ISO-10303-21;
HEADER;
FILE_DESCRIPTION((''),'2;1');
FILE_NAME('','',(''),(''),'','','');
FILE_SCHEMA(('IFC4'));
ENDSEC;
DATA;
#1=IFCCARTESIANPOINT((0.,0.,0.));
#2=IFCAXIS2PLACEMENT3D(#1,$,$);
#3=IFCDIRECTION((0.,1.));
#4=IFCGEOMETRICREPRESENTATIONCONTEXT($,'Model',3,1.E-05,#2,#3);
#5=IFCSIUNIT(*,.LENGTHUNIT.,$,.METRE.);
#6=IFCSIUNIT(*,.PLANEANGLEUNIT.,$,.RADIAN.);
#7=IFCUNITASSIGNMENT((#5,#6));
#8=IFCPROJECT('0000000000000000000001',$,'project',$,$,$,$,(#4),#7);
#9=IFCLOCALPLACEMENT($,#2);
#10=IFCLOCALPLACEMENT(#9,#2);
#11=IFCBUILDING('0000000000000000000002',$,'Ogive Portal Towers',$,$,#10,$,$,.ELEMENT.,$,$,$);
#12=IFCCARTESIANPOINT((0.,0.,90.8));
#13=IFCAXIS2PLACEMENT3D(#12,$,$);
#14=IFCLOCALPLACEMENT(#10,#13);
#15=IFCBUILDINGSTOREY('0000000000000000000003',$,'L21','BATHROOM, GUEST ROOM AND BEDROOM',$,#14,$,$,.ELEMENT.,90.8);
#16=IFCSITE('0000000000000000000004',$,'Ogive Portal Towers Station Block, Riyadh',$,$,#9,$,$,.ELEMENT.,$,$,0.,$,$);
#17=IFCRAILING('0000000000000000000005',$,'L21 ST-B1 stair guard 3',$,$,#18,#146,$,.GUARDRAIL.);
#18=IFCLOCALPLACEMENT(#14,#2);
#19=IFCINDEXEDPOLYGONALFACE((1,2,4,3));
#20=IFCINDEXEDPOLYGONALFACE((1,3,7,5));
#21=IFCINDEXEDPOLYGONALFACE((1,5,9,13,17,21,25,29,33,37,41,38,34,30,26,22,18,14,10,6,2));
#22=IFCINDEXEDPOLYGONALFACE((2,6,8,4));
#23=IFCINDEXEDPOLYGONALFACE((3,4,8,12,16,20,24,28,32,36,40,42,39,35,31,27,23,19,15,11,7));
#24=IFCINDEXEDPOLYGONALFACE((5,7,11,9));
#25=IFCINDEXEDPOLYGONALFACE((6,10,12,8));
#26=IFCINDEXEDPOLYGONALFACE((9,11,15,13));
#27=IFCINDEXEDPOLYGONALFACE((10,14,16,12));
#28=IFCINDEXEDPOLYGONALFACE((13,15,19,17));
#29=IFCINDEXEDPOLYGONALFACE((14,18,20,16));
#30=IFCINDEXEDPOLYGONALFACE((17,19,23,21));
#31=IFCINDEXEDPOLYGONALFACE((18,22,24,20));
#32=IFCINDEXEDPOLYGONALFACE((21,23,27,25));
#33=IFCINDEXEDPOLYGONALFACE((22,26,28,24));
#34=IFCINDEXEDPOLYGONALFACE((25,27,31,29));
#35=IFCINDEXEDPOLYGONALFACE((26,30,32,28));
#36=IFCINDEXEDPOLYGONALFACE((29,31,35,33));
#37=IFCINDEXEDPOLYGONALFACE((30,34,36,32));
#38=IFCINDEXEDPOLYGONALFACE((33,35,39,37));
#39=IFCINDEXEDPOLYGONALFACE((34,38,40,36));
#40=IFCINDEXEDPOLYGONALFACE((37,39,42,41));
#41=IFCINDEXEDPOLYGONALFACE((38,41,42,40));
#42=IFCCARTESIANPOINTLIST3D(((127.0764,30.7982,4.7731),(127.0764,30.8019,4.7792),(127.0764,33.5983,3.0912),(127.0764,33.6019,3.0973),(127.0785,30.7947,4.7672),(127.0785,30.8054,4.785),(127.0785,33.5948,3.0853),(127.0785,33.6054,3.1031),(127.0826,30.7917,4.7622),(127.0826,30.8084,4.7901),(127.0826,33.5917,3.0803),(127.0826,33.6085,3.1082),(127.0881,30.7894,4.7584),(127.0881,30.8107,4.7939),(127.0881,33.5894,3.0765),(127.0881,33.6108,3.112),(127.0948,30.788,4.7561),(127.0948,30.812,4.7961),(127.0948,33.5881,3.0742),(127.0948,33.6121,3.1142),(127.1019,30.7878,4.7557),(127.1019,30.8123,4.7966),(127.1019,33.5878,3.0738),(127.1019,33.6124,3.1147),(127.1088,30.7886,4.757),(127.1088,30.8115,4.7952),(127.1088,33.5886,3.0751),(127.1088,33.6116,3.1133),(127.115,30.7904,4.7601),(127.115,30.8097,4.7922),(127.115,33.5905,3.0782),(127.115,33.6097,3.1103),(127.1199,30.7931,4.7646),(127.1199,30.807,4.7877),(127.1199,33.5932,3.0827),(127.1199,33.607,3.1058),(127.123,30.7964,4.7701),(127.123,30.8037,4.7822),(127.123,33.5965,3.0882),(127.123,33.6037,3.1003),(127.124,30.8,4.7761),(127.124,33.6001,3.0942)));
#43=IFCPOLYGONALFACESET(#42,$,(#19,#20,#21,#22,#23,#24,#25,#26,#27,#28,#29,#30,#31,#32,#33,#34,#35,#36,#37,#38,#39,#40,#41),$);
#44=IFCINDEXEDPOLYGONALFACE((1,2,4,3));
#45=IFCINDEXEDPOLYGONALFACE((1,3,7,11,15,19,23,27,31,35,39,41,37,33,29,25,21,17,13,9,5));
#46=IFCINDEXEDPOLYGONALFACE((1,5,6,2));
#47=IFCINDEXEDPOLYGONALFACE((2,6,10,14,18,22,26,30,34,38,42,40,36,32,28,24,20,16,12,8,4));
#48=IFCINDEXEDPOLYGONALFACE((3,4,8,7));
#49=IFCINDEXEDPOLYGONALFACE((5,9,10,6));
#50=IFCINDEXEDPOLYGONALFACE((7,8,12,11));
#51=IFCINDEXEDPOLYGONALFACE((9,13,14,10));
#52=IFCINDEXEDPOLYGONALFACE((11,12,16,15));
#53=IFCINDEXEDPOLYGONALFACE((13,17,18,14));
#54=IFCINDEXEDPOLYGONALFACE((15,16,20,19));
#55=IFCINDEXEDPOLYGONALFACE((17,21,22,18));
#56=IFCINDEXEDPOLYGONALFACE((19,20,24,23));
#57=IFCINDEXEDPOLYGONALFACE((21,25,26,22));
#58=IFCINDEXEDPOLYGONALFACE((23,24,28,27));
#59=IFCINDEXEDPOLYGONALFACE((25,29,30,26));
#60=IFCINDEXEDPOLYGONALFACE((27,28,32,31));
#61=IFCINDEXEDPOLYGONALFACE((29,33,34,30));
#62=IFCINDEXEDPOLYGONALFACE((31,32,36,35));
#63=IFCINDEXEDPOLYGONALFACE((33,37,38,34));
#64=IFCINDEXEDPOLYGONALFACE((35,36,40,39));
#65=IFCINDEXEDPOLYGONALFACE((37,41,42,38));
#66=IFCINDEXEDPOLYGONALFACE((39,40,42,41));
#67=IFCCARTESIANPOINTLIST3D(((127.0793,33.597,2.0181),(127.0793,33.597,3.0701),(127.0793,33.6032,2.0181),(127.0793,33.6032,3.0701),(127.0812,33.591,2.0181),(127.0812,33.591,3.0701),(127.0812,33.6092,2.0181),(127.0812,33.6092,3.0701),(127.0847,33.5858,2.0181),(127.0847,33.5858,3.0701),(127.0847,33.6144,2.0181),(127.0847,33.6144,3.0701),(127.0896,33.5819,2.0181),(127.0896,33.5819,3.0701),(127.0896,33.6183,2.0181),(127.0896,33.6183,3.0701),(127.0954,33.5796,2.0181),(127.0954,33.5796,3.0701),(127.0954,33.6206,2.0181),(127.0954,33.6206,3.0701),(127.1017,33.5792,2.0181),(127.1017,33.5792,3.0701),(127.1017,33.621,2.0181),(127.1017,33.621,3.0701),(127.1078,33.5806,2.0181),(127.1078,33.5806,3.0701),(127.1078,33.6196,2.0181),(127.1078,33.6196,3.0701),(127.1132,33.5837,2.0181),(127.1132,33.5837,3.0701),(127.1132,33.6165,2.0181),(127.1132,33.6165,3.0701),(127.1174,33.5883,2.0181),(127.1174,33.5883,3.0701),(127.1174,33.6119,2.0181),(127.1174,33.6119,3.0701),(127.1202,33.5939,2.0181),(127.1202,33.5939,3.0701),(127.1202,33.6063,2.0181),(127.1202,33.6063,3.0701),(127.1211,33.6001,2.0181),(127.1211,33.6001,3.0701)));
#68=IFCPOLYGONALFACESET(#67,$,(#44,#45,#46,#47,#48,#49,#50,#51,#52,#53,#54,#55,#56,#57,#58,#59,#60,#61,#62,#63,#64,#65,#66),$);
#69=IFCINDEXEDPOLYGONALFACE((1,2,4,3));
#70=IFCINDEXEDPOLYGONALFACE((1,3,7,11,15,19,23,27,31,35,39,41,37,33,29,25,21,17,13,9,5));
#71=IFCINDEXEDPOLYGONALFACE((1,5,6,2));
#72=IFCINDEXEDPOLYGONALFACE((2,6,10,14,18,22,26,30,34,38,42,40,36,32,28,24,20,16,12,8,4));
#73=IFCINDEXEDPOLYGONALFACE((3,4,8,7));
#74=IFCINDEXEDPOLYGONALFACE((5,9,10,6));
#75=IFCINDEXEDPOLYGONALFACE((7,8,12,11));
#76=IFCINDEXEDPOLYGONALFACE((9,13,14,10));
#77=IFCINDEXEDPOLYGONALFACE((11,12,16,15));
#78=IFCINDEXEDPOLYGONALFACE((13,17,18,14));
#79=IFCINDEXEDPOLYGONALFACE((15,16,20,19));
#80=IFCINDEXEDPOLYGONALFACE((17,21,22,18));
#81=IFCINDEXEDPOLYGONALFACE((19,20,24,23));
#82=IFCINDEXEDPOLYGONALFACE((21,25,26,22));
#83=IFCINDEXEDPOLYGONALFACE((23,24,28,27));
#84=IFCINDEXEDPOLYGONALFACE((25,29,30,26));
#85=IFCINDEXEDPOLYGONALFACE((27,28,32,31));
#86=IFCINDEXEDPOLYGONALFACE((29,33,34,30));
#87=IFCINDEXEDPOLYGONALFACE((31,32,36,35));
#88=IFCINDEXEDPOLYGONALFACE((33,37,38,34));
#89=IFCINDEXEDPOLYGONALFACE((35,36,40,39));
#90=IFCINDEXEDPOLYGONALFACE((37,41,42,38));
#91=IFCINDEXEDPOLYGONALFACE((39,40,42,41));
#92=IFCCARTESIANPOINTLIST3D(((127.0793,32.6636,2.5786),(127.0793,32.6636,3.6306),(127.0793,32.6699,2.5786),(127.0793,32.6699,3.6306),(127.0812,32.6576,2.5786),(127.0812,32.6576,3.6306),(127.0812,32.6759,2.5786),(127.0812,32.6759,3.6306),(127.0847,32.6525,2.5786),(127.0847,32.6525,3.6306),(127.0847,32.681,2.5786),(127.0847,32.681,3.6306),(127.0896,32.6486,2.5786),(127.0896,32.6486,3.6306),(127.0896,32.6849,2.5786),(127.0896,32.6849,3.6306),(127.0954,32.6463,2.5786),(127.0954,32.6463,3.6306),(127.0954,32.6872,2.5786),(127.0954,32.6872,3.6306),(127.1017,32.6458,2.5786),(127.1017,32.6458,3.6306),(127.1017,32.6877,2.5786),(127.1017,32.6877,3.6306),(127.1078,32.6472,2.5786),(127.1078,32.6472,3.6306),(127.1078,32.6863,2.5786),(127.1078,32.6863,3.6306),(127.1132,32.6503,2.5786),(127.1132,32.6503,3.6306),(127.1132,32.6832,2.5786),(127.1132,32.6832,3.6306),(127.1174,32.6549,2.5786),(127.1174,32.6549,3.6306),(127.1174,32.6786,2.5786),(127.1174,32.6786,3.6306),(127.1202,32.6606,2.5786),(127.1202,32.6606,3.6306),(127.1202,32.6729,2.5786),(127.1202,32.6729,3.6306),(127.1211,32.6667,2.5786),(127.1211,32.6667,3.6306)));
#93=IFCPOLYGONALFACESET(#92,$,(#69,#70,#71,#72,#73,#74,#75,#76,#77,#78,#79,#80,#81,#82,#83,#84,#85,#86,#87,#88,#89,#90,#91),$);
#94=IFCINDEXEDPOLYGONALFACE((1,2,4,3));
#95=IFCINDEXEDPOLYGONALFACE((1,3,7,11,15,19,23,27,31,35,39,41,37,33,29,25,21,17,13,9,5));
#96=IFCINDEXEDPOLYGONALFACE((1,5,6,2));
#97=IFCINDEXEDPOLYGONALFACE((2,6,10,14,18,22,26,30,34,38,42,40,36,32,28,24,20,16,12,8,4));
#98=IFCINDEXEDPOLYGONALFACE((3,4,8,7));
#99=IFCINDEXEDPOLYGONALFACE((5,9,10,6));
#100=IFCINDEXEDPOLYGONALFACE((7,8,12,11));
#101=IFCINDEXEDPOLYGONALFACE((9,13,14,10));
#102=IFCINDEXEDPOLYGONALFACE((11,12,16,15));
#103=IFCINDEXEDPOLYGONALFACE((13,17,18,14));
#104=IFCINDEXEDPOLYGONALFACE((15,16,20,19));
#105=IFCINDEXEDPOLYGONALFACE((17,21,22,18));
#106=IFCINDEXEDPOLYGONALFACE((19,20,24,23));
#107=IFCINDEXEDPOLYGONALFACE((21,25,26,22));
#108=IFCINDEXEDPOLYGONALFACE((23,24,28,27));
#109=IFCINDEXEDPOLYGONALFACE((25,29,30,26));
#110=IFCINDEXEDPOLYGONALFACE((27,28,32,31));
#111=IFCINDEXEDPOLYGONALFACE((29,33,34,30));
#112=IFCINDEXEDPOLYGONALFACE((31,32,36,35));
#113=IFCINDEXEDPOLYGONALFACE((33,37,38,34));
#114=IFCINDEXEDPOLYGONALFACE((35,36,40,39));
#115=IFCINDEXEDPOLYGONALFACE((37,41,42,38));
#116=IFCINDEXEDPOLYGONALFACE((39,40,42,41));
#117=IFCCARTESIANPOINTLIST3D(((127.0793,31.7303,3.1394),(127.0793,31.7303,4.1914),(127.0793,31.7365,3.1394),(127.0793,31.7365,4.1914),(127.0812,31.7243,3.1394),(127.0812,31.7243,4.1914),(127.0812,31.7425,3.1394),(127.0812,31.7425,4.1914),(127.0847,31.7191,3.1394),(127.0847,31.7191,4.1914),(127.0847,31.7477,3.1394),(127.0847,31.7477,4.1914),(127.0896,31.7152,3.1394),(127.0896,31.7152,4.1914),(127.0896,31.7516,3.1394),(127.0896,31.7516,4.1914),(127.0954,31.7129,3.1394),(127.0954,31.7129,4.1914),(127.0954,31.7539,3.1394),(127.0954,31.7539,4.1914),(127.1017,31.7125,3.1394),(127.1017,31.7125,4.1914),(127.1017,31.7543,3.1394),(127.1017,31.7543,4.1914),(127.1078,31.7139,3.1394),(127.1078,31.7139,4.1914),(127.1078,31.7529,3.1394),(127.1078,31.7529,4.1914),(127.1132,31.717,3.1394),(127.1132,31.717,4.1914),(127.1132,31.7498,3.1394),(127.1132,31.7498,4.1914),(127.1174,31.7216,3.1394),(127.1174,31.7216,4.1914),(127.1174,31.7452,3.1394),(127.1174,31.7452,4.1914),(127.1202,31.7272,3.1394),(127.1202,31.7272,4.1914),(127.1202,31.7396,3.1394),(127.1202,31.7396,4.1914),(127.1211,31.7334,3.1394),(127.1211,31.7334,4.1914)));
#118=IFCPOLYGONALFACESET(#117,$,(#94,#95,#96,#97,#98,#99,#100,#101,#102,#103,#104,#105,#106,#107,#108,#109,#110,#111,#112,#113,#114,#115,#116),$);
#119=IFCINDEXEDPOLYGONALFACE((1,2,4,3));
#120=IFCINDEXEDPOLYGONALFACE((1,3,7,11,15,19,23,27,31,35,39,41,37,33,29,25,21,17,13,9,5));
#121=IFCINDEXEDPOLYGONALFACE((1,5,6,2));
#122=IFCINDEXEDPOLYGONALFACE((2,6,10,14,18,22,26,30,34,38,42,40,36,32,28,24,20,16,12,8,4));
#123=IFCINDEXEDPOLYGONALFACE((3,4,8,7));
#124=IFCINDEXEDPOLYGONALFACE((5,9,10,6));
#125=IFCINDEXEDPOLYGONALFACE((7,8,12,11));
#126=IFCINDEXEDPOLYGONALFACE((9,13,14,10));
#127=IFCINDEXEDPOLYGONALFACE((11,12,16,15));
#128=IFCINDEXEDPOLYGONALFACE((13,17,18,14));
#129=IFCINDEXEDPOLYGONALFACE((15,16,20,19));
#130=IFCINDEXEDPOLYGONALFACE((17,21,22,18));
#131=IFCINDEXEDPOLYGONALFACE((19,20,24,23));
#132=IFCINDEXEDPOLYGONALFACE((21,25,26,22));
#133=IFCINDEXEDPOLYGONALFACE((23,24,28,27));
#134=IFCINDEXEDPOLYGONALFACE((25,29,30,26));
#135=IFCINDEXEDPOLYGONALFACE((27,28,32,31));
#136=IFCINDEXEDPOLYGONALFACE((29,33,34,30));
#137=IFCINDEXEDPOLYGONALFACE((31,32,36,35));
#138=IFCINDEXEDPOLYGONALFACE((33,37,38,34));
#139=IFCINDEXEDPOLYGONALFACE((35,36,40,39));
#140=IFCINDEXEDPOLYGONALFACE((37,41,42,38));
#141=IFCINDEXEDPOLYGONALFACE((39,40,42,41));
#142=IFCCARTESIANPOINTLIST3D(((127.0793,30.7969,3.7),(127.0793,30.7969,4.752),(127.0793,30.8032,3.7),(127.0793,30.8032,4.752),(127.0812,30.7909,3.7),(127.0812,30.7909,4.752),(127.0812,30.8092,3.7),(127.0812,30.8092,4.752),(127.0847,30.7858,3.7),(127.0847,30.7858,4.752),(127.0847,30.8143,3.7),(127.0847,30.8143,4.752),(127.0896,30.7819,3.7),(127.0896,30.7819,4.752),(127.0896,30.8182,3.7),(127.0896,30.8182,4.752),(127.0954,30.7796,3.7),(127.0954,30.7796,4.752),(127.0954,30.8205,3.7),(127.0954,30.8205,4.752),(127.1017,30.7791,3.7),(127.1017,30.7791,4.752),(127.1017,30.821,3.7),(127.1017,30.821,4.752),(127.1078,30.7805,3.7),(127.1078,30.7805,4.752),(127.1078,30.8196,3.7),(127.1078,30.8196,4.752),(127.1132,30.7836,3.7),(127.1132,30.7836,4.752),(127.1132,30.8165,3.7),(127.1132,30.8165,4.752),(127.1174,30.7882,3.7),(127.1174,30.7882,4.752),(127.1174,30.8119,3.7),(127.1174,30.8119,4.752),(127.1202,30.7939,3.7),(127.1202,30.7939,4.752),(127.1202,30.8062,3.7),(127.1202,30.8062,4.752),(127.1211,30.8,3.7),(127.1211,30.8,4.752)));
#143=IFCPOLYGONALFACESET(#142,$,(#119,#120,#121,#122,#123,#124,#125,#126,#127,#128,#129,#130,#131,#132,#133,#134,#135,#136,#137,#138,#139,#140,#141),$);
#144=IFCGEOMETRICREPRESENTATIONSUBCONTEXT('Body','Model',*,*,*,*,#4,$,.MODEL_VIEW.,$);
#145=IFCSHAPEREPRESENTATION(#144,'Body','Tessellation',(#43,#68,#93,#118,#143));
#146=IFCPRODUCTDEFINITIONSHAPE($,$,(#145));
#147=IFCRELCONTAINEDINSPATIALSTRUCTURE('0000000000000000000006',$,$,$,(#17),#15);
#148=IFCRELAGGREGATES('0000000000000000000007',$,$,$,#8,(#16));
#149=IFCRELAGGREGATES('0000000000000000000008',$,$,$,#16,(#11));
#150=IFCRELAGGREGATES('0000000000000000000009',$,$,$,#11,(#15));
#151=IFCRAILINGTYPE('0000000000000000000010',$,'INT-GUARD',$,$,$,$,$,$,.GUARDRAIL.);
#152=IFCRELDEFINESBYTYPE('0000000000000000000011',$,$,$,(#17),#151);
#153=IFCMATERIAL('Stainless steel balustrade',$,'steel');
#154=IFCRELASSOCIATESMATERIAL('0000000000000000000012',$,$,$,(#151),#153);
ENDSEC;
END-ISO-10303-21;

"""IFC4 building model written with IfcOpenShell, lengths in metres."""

from ifc_helpers import new_model, si_unit, direction, frame, origin, origin_2d, place, context, subcontext, project, spatial, circle, extrude, material, type_object, element, save


model = new_model("IFC4")

# Units and contexts
model_context = context("Model", 3, precision=1e-05, world=origin(), true_north=direction((0.0, 1.0)))
body_context = subcontext(model_context, "Body", "Model", "MODEL_VIEW")
ifc_project = project(units=[si_unit("LENGTHUNIT", "METRE"), si_unit("PLANEANGLEUNIT", "RADIAN")], contexts=[model_context])

# Site, building, storey
site_placement = place(None, origin())
site = spatial("IfcSite", under=ifc_project, at=site_placement, Name="Ogive Portal Towers Station Block, Riyadh", CompositionType="ELEMENT", RefElevation=0.0)
building_placement = place(site_placement, origin())
building = spatial("IfcBuilding", under=site, at=building_placement, Name="Ogive Portal Towers", CompositionType="ELEMENT")
storey_placement = place(building_placement, frame((0.0, 0.0, 90.8)))
storey = spatial("IfcBuildingStorey", under=building, at=storey_placement, Name="L21", Description="BATHROOM, GUEST ROOM AND BEDROOM", CompositionType="ELEMENT", Elevation=90.8)

# Railing
ifc_material_1 = material(Name="Stainless steel balustrade", Category="steel")
railing_type_1 = type_object("IfcRailingType", Name="INT-GUARD", PredefinedType="GUARDRAIL", material=ifc_material_1)
railing_1_placement = place(storey_placement, frame((127.1001, 33.6001, 2.0181)))
element("IfcRailing", 1, at=railing_1_placement, inside=storey, type_object=railing_type_1, Name="L21 ST-B1 stair guard 3", PredefinedType="GUARDRAIL", context=body_context, shape_type="SweptSolid", body=[
    extrude(circle(Radius=0.0239, at=origin_2d()), frame((0.0, 0.0, 1.0762), z_axis=(0.0, -0.857242, 0.514913), x_axis=(1.0, 0.0, 0.0)), (0.0, 0.0, 1.0), 3.2664),
    extrude(circle(Radius=0.021, at=origin_2d()), origin(), (0.0, 0.0, 1.0), 1.052),
    extrude(circle(Radius=0.021, at=origin_2d()), frame((0.0, -0.9333, 0.5605)), (0.0, 0.0, 1.0), 1.052),
    extrude(circle(Radius=0.021, at=origin_2d()), frame((0.0, -1.8667, 1.1213)), (0.0, 0.0, 1.0), 1.052),
    extrude(circle(Radius=0.021, at=origin_2d()), frame((0.0, -2.8, 1.6819)), (0.0, 0.0, 1.0), 1.052),
])

save(model, "model.ifc")
